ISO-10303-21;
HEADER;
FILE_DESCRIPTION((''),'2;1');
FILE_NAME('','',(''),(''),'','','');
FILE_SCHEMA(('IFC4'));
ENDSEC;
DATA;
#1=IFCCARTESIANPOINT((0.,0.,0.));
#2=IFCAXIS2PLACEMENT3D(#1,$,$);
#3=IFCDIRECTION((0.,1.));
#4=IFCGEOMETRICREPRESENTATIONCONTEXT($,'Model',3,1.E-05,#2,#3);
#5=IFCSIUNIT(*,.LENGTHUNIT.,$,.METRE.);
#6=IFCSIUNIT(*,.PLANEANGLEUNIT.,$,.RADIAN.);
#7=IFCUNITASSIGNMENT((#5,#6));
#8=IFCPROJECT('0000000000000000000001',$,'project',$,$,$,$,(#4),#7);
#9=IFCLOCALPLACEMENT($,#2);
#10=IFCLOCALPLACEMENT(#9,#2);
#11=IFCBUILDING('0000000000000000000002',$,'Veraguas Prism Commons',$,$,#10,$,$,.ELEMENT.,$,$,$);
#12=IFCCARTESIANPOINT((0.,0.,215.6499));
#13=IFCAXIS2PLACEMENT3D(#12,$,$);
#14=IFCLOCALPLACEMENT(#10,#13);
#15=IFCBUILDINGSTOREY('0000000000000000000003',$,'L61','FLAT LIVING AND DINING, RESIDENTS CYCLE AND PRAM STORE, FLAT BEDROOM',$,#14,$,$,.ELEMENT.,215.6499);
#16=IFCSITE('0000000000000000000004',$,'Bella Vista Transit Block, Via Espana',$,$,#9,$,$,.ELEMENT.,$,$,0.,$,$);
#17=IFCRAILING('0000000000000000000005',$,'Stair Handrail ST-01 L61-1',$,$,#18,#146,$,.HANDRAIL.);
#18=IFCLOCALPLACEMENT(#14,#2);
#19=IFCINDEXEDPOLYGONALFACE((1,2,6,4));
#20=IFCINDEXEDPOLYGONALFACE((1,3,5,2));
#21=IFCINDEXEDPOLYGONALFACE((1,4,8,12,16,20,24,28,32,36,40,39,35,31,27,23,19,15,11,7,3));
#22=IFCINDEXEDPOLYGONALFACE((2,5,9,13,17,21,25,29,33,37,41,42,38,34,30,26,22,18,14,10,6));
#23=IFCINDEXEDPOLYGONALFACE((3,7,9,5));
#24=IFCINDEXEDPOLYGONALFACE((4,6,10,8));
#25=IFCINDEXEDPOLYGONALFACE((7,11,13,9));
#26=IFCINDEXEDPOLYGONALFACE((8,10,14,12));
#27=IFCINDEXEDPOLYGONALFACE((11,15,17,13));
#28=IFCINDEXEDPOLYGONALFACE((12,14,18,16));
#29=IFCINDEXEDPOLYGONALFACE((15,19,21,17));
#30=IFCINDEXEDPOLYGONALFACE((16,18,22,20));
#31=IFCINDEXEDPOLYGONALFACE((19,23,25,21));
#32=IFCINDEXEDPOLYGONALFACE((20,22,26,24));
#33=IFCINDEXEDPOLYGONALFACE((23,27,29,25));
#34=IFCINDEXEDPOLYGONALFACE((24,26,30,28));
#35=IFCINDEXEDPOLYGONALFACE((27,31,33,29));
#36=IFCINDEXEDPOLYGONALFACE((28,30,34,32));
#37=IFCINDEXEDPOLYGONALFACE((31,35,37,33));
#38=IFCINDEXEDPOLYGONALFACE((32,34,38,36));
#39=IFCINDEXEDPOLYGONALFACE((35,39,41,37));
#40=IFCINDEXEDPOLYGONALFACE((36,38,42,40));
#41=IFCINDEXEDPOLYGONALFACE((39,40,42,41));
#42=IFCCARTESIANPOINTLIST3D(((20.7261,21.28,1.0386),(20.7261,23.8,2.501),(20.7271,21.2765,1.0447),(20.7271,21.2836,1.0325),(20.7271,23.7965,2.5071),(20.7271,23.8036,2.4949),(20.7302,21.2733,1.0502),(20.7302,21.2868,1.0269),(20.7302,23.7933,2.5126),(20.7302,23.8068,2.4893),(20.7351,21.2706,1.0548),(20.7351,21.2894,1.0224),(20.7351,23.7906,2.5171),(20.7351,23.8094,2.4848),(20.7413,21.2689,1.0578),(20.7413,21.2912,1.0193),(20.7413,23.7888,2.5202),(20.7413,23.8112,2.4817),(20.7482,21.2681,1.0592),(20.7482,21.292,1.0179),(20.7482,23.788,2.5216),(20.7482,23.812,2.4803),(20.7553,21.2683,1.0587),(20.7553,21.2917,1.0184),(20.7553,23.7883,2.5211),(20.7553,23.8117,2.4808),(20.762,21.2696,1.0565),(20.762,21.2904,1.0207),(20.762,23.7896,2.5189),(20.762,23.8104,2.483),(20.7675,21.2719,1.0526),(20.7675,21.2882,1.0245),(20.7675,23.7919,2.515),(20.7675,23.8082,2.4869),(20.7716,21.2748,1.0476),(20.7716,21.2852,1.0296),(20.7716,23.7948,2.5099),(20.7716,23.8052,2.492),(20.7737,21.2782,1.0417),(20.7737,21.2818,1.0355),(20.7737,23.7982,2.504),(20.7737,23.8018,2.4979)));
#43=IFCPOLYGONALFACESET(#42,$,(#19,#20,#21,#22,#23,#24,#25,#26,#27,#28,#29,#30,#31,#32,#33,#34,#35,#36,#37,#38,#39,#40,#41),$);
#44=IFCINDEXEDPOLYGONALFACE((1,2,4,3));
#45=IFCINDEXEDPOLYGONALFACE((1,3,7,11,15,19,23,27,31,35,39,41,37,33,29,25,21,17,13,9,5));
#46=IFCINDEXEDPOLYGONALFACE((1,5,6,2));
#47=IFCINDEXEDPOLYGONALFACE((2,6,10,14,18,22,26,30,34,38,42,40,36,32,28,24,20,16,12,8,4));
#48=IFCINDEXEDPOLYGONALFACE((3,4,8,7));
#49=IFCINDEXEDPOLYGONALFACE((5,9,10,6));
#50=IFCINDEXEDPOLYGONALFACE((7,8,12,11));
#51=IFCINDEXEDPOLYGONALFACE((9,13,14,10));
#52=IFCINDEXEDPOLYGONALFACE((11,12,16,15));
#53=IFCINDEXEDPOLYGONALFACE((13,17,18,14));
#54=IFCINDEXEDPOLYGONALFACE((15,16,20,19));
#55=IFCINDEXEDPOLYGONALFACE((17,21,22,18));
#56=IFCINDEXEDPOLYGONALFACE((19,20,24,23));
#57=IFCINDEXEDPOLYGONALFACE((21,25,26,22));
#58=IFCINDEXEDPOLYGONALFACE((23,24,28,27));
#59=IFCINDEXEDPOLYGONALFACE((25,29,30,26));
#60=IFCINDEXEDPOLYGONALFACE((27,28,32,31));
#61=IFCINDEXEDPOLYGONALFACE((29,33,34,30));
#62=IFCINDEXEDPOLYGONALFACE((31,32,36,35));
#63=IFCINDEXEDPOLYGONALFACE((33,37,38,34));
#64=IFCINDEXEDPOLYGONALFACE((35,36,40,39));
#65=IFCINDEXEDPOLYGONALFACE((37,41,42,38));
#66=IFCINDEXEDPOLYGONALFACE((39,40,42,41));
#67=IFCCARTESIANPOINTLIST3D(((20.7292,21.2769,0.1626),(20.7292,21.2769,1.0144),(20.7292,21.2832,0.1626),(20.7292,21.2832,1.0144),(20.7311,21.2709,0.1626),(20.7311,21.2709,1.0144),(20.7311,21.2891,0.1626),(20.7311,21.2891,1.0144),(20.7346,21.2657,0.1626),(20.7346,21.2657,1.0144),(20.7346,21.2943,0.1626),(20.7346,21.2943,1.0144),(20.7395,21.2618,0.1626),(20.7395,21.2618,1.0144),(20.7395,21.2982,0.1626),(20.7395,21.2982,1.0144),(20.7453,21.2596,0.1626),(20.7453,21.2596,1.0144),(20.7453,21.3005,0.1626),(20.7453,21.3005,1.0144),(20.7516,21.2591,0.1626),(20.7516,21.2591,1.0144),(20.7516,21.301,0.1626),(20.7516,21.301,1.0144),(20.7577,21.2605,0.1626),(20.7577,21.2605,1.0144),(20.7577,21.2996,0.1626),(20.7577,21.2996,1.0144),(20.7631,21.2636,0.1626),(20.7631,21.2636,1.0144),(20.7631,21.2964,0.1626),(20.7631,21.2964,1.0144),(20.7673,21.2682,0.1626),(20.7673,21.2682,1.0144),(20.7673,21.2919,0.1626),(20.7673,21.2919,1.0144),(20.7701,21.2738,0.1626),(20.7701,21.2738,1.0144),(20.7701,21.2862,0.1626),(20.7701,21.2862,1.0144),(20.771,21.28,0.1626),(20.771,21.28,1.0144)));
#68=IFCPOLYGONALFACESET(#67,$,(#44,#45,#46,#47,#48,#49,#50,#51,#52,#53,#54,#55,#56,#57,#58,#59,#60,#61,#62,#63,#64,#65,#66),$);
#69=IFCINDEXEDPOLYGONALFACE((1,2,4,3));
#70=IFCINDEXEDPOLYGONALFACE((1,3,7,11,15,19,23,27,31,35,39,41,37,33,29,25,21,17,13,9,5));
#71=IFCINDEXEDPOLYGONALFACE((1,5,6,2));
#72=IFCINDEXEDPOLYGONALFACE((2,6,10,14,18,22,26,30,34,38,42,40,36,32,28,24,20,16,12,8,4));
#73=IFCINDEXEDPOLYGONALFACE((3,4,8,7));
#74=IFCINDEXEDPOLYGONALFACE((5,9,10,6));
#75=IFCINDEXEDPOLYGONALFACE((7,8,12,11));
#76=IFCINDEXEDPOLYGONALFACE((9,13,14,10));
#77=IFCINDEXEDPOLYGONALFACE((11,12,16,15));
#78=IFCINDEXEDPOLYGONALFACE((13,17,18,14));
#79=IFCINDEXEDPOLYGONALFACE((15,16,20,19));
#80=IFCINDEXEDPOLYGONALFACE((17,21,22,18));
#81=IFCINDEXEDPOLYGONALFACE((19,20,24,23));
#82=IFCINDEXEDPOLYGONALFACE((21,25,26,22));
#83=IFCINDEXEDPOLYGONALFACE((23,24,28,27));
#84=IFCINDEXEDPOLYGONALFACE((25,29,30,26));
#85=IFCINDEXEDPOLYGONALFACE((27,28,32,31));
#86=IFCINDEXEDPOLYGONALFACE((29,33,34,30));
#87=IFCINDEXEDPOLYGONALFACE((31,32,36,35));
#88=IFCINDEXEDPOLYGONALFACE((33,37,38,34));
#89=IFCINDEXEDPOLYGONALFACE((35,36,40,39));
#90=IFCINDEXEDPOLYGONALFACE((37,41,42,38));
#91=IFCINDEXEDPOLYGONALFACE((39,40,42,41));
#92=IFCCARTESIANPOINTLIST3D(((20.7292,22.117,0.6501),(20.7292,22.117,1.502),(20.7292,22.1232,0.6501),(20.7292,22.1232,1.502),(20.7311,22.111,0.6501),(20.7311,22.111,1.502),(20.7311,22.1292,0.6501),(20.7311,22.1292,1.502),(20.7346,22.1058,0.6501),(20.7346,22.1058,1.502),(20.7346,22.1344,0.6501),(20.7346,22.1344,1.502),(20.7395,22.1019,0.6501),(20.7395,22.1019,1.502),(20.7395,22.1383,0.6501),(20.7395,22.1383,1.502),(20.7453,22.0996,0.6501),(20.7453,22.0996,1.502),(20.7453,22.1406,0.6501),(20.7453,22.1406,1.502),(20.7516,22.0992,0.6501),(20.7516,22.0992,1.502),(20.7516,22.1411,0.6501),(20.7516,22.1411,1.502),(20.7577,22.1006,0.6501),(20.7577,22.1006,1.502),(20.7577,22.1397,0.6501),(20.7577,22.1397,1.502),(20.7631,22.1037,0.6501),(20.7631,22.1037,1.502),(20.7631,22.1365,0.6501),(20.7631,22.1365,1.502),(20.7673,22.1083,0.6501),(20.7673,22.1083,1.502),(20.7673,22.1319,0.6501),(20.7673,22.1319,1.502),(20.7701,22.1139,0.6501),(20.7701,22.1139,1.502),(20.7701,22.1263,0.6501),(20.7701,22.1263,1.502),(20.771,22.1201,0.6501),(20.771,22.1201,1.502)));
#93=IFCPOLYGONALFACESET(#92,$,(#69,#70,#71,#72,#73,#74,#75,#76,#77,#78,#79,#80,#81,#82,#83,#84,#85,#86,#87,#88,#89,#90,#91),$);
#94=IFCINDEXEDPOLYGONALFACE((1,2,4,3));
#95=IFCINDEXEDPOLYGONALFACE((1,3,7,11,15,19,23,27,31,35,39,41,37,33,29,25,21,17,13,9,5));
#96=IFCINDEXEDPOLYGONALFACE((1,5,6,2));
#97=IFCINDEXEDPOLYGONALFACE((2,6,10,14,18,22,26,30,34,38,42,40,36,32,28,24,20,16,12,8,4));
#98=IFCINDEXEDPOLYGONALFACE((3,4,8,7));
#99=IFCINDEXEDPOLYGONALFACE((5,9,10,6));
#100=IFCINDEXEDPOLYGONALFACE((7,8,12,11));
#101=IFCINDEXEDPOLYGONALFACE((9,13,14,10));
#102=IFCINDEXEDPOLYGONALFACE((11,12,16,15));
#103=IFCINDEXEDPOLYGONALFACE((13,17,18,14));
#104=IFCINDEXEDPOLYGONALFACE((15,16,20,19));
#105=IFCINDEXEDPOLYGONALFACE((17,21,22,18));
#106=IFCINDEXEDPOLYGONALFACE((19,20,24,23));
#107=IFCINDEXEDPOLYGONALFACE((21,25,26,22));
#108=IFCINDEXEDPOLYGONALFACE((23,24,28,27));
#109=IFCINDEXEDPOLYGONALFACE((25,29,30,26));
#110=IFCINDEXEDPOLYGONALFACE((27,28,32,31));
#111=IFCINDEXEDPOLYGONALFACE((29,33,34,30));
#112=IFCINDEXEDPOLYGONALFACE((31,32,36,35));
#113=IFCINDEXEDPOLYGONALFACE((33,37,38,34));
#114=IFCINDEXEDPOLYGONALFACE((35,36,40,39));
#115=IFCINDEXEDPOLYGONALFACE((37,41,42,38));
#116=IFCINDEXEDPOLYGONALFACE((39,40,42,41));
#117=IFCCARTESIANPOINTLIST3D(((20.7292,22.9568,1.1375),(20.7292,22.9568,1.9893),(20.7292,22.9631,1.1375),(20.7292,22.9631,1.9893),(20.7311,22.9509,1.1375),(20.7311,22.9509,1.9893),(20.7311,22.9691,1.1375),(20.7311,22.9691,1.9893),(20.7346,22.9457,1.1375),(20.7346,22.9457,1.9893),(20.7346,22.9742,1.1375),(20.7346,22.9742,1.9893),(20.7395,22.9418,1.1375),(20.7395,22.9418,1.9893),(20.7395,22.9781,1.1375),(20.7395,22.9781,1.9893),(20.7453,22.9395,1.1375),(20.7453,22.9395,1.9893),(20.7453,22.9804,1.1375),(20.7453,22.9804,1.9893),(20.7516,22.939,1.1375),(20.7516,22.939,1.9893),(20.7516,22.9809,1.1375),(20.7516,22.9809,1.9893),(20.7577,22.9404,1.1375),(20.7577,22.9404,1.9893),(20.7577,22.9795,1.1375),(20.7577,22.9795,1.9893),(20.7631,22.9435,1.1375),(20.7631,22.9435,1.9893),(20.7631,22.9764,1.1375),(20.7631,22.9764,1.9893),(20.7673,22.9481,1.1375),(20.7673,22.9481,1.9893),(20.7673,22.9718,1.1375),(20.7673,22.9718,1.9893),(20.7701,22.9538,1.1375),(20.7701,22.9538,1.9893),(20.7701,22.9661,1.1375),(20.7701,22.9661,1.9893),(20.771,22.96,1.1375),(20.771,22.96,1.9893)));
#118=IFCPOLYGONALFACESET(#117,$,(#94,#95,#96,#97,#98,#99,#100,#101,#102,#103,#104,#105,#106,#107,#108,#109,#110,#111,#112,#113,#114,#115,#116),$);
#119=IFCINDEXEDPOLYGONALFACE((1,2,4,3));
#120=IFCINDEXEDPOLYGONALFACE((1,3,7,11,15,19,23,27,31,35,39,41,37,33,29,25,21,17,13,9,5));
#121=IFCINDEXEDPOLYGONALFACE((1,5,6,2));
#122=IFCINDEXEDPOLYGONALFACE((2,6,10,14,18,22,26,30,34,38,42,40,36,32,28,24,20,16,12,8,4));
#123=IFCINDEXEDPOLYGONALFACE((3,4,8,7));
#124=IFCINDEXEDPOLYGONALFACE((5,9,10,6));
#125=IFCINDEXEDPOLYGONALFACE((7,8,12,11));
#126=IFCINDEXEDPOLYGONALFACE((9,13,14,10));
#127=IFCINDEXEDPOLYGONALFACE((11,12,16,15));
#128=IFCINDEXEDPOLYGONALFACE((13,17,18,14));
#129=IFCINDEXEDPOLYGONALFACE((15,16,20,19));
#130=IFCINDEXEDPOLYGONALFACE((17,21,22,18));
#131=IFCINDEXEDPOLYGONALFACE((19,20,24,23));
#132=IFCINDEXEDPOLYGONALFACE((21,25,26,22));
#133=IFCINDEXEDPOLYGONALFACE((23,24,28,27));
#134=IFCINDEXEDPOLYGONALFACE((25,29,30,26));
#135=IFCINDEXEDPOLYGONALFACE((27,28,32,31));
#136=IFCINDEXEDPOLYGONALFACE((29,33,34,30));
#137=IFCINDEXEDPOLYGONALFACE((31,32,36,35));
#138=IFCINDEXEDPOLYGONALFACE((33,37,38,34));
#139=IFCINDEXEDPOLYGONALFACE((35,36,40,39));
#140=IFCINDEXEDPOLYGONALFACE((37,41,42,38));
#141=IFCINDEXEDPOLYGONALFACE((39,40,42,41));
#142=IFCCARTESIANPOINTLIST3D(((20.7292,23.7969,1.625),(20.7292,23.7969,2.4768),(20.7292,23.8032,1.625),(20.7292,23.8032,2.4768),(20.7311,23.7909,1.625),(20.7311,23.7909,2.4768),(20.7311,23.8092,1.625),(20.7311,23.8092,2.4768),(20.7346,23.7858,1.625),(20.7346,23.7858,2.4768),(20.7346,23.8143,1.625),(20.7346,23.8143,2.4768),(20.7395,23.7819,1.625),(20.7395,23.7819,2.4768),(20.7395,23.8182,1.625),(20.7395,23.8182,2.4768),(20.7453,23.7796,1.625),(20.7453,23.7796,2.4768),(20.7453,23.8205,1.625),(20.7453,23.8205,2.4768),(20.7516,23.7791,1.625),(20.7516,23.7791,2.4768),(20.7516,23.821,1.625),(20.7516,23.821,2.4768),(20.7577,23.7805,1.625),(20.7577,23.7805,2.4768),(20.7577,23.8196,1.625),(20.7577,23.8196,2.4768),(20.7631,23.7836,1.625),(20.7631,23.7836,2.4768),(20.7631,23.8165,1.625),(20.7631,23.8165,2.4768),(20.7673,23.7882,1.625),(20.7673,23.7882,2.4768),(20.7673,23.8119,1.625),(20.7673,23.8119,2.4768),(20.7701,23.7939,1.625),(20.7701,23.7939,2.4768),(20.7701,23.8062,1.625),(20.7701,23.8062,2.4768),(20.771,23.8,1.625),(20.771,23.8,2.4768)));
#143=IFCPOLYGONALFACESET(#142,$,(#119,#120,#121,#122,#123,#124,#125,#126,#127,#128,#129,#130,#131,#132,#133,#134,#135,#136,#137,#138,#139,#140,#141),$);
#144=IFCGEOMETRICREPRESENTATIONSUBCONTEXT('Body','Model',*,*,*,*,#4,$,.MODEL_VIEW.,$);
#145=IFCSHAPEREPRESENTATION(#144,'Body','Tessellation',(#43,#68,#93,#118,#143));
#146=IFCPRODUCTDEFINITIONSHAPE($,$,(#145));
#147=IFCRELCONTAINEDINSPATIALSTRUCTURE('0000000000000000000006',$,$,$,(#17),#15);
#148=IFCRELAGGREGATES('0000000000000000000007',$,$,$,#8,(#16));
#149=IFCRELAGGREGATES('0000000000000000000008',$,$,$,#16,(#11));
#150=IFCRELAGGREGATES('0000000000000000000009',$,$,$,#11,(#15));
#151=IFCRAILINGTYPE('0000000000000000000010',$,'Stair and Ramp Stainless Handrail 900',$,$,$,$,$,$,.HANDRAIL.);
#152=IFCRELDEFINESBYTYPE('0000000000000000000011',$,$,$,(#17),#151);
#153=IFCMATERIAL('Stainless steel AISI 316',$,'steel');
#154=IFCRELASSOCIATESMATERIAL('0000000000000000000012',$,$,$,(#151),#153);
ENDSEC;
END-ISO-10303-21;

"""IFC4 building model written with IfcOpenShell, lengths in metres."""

from ifc_helpers import new_model, si_unit, direction, frame, origin, origin_2d, place, context, subcontext, project, spatial, circle, extrude, material, type_object, element, save


model = new_model("IFC4")

# Units and contexts
model_context = context("Model", 3, precision=1e-05, world=origin(), true_north=direction((0.0, 1.0)))
body_context = subcontext(model_context, "Body", "Model", "MODEL_VIEW")
ifc_project = project(units=[si_unit("LENGTHUNIT", "METRE"), si_unit("PLANEANGLEUNIT", "RADIAN")], contexts=[model_context])

# Site, building, storey
site_placement = place(None, origin())
site = spatial("IfcSite", under=ifc_project, at=site_placement, Name="Bella Vista Transit Block, Via Espana", CompositionType="ELEMENT", RefElevation=0.0)
building_placement = place(site_placement, origin())
building = spatial("IfcBuilding", under=site, at=building_placement, Name="Veraguas Prism Commons", CompositionType="ELEMENT")
storey_placement = place(building_placement, frame((0.0, 0.0, 215.6499)))
storey = spatial("IfcBuildingStorey", under=building, at=storey_placement, Name="L61", Description="FLAT LIVING AND DINING, RESIDENTS CYCLE AND PRAM STORE, FLAT BEDROOM", CompositionType="ELEMENT", Elevation=215.6499)

# Railing
ifc_material_1 = material(Name="Stainless steel AISI 316", Category="steel")
railing_type_1 = type_object("IfcRailingType", Name="Stair and Ramp Stainless Handrail 900", PredefinedType="HANDRAIL", material=ifc_material_1)
railing_1_placement = place(storey_placement, frame((20.75, 21.28, 0.1626)))
element("IfcRailing", 1, at=railing_1_placement, inside=storey, type_object=railing_type_1, Name="Stair Handrail ST-01 L61-1", PredefinedType="HANDRAIL", context=body_context, shape_type="SweptSolid", body=[
    extrude(circle(Radius=0.0239, at=origin_2d()), frame((0.0, 0.0, 0.876), z_axis=(0.0, 0.864913, 0.501921), x_axis=(-1.0, 0.0, 0.0)), (0.0, 0.0, 1.0), 2.9136),
    extrude(circle(Radius=0.021, at=origin_2d()), origin(), (0.0, 0.0, 1.0), 0.8518),
    extrude(circle(Radius=0.021, at=origin_2d()), frame((0.0, 0.8401, 0.4875)), (0.0, 0.0, 1.0), 0.8518),
    extrude(circle(Radius=0.021, at=origin_2d()), frame((0.0, 1.6799, 0.9749)), (0.0, 0.0, 1.0), 0.8518),
    extrude(circle(Radius=0.021, at=origin_2d()), frame((0.0, 2.52, 1.4624)), (0.0, 0.0, 1.0), 0.8518),
])

save(model, "model.ifc")
